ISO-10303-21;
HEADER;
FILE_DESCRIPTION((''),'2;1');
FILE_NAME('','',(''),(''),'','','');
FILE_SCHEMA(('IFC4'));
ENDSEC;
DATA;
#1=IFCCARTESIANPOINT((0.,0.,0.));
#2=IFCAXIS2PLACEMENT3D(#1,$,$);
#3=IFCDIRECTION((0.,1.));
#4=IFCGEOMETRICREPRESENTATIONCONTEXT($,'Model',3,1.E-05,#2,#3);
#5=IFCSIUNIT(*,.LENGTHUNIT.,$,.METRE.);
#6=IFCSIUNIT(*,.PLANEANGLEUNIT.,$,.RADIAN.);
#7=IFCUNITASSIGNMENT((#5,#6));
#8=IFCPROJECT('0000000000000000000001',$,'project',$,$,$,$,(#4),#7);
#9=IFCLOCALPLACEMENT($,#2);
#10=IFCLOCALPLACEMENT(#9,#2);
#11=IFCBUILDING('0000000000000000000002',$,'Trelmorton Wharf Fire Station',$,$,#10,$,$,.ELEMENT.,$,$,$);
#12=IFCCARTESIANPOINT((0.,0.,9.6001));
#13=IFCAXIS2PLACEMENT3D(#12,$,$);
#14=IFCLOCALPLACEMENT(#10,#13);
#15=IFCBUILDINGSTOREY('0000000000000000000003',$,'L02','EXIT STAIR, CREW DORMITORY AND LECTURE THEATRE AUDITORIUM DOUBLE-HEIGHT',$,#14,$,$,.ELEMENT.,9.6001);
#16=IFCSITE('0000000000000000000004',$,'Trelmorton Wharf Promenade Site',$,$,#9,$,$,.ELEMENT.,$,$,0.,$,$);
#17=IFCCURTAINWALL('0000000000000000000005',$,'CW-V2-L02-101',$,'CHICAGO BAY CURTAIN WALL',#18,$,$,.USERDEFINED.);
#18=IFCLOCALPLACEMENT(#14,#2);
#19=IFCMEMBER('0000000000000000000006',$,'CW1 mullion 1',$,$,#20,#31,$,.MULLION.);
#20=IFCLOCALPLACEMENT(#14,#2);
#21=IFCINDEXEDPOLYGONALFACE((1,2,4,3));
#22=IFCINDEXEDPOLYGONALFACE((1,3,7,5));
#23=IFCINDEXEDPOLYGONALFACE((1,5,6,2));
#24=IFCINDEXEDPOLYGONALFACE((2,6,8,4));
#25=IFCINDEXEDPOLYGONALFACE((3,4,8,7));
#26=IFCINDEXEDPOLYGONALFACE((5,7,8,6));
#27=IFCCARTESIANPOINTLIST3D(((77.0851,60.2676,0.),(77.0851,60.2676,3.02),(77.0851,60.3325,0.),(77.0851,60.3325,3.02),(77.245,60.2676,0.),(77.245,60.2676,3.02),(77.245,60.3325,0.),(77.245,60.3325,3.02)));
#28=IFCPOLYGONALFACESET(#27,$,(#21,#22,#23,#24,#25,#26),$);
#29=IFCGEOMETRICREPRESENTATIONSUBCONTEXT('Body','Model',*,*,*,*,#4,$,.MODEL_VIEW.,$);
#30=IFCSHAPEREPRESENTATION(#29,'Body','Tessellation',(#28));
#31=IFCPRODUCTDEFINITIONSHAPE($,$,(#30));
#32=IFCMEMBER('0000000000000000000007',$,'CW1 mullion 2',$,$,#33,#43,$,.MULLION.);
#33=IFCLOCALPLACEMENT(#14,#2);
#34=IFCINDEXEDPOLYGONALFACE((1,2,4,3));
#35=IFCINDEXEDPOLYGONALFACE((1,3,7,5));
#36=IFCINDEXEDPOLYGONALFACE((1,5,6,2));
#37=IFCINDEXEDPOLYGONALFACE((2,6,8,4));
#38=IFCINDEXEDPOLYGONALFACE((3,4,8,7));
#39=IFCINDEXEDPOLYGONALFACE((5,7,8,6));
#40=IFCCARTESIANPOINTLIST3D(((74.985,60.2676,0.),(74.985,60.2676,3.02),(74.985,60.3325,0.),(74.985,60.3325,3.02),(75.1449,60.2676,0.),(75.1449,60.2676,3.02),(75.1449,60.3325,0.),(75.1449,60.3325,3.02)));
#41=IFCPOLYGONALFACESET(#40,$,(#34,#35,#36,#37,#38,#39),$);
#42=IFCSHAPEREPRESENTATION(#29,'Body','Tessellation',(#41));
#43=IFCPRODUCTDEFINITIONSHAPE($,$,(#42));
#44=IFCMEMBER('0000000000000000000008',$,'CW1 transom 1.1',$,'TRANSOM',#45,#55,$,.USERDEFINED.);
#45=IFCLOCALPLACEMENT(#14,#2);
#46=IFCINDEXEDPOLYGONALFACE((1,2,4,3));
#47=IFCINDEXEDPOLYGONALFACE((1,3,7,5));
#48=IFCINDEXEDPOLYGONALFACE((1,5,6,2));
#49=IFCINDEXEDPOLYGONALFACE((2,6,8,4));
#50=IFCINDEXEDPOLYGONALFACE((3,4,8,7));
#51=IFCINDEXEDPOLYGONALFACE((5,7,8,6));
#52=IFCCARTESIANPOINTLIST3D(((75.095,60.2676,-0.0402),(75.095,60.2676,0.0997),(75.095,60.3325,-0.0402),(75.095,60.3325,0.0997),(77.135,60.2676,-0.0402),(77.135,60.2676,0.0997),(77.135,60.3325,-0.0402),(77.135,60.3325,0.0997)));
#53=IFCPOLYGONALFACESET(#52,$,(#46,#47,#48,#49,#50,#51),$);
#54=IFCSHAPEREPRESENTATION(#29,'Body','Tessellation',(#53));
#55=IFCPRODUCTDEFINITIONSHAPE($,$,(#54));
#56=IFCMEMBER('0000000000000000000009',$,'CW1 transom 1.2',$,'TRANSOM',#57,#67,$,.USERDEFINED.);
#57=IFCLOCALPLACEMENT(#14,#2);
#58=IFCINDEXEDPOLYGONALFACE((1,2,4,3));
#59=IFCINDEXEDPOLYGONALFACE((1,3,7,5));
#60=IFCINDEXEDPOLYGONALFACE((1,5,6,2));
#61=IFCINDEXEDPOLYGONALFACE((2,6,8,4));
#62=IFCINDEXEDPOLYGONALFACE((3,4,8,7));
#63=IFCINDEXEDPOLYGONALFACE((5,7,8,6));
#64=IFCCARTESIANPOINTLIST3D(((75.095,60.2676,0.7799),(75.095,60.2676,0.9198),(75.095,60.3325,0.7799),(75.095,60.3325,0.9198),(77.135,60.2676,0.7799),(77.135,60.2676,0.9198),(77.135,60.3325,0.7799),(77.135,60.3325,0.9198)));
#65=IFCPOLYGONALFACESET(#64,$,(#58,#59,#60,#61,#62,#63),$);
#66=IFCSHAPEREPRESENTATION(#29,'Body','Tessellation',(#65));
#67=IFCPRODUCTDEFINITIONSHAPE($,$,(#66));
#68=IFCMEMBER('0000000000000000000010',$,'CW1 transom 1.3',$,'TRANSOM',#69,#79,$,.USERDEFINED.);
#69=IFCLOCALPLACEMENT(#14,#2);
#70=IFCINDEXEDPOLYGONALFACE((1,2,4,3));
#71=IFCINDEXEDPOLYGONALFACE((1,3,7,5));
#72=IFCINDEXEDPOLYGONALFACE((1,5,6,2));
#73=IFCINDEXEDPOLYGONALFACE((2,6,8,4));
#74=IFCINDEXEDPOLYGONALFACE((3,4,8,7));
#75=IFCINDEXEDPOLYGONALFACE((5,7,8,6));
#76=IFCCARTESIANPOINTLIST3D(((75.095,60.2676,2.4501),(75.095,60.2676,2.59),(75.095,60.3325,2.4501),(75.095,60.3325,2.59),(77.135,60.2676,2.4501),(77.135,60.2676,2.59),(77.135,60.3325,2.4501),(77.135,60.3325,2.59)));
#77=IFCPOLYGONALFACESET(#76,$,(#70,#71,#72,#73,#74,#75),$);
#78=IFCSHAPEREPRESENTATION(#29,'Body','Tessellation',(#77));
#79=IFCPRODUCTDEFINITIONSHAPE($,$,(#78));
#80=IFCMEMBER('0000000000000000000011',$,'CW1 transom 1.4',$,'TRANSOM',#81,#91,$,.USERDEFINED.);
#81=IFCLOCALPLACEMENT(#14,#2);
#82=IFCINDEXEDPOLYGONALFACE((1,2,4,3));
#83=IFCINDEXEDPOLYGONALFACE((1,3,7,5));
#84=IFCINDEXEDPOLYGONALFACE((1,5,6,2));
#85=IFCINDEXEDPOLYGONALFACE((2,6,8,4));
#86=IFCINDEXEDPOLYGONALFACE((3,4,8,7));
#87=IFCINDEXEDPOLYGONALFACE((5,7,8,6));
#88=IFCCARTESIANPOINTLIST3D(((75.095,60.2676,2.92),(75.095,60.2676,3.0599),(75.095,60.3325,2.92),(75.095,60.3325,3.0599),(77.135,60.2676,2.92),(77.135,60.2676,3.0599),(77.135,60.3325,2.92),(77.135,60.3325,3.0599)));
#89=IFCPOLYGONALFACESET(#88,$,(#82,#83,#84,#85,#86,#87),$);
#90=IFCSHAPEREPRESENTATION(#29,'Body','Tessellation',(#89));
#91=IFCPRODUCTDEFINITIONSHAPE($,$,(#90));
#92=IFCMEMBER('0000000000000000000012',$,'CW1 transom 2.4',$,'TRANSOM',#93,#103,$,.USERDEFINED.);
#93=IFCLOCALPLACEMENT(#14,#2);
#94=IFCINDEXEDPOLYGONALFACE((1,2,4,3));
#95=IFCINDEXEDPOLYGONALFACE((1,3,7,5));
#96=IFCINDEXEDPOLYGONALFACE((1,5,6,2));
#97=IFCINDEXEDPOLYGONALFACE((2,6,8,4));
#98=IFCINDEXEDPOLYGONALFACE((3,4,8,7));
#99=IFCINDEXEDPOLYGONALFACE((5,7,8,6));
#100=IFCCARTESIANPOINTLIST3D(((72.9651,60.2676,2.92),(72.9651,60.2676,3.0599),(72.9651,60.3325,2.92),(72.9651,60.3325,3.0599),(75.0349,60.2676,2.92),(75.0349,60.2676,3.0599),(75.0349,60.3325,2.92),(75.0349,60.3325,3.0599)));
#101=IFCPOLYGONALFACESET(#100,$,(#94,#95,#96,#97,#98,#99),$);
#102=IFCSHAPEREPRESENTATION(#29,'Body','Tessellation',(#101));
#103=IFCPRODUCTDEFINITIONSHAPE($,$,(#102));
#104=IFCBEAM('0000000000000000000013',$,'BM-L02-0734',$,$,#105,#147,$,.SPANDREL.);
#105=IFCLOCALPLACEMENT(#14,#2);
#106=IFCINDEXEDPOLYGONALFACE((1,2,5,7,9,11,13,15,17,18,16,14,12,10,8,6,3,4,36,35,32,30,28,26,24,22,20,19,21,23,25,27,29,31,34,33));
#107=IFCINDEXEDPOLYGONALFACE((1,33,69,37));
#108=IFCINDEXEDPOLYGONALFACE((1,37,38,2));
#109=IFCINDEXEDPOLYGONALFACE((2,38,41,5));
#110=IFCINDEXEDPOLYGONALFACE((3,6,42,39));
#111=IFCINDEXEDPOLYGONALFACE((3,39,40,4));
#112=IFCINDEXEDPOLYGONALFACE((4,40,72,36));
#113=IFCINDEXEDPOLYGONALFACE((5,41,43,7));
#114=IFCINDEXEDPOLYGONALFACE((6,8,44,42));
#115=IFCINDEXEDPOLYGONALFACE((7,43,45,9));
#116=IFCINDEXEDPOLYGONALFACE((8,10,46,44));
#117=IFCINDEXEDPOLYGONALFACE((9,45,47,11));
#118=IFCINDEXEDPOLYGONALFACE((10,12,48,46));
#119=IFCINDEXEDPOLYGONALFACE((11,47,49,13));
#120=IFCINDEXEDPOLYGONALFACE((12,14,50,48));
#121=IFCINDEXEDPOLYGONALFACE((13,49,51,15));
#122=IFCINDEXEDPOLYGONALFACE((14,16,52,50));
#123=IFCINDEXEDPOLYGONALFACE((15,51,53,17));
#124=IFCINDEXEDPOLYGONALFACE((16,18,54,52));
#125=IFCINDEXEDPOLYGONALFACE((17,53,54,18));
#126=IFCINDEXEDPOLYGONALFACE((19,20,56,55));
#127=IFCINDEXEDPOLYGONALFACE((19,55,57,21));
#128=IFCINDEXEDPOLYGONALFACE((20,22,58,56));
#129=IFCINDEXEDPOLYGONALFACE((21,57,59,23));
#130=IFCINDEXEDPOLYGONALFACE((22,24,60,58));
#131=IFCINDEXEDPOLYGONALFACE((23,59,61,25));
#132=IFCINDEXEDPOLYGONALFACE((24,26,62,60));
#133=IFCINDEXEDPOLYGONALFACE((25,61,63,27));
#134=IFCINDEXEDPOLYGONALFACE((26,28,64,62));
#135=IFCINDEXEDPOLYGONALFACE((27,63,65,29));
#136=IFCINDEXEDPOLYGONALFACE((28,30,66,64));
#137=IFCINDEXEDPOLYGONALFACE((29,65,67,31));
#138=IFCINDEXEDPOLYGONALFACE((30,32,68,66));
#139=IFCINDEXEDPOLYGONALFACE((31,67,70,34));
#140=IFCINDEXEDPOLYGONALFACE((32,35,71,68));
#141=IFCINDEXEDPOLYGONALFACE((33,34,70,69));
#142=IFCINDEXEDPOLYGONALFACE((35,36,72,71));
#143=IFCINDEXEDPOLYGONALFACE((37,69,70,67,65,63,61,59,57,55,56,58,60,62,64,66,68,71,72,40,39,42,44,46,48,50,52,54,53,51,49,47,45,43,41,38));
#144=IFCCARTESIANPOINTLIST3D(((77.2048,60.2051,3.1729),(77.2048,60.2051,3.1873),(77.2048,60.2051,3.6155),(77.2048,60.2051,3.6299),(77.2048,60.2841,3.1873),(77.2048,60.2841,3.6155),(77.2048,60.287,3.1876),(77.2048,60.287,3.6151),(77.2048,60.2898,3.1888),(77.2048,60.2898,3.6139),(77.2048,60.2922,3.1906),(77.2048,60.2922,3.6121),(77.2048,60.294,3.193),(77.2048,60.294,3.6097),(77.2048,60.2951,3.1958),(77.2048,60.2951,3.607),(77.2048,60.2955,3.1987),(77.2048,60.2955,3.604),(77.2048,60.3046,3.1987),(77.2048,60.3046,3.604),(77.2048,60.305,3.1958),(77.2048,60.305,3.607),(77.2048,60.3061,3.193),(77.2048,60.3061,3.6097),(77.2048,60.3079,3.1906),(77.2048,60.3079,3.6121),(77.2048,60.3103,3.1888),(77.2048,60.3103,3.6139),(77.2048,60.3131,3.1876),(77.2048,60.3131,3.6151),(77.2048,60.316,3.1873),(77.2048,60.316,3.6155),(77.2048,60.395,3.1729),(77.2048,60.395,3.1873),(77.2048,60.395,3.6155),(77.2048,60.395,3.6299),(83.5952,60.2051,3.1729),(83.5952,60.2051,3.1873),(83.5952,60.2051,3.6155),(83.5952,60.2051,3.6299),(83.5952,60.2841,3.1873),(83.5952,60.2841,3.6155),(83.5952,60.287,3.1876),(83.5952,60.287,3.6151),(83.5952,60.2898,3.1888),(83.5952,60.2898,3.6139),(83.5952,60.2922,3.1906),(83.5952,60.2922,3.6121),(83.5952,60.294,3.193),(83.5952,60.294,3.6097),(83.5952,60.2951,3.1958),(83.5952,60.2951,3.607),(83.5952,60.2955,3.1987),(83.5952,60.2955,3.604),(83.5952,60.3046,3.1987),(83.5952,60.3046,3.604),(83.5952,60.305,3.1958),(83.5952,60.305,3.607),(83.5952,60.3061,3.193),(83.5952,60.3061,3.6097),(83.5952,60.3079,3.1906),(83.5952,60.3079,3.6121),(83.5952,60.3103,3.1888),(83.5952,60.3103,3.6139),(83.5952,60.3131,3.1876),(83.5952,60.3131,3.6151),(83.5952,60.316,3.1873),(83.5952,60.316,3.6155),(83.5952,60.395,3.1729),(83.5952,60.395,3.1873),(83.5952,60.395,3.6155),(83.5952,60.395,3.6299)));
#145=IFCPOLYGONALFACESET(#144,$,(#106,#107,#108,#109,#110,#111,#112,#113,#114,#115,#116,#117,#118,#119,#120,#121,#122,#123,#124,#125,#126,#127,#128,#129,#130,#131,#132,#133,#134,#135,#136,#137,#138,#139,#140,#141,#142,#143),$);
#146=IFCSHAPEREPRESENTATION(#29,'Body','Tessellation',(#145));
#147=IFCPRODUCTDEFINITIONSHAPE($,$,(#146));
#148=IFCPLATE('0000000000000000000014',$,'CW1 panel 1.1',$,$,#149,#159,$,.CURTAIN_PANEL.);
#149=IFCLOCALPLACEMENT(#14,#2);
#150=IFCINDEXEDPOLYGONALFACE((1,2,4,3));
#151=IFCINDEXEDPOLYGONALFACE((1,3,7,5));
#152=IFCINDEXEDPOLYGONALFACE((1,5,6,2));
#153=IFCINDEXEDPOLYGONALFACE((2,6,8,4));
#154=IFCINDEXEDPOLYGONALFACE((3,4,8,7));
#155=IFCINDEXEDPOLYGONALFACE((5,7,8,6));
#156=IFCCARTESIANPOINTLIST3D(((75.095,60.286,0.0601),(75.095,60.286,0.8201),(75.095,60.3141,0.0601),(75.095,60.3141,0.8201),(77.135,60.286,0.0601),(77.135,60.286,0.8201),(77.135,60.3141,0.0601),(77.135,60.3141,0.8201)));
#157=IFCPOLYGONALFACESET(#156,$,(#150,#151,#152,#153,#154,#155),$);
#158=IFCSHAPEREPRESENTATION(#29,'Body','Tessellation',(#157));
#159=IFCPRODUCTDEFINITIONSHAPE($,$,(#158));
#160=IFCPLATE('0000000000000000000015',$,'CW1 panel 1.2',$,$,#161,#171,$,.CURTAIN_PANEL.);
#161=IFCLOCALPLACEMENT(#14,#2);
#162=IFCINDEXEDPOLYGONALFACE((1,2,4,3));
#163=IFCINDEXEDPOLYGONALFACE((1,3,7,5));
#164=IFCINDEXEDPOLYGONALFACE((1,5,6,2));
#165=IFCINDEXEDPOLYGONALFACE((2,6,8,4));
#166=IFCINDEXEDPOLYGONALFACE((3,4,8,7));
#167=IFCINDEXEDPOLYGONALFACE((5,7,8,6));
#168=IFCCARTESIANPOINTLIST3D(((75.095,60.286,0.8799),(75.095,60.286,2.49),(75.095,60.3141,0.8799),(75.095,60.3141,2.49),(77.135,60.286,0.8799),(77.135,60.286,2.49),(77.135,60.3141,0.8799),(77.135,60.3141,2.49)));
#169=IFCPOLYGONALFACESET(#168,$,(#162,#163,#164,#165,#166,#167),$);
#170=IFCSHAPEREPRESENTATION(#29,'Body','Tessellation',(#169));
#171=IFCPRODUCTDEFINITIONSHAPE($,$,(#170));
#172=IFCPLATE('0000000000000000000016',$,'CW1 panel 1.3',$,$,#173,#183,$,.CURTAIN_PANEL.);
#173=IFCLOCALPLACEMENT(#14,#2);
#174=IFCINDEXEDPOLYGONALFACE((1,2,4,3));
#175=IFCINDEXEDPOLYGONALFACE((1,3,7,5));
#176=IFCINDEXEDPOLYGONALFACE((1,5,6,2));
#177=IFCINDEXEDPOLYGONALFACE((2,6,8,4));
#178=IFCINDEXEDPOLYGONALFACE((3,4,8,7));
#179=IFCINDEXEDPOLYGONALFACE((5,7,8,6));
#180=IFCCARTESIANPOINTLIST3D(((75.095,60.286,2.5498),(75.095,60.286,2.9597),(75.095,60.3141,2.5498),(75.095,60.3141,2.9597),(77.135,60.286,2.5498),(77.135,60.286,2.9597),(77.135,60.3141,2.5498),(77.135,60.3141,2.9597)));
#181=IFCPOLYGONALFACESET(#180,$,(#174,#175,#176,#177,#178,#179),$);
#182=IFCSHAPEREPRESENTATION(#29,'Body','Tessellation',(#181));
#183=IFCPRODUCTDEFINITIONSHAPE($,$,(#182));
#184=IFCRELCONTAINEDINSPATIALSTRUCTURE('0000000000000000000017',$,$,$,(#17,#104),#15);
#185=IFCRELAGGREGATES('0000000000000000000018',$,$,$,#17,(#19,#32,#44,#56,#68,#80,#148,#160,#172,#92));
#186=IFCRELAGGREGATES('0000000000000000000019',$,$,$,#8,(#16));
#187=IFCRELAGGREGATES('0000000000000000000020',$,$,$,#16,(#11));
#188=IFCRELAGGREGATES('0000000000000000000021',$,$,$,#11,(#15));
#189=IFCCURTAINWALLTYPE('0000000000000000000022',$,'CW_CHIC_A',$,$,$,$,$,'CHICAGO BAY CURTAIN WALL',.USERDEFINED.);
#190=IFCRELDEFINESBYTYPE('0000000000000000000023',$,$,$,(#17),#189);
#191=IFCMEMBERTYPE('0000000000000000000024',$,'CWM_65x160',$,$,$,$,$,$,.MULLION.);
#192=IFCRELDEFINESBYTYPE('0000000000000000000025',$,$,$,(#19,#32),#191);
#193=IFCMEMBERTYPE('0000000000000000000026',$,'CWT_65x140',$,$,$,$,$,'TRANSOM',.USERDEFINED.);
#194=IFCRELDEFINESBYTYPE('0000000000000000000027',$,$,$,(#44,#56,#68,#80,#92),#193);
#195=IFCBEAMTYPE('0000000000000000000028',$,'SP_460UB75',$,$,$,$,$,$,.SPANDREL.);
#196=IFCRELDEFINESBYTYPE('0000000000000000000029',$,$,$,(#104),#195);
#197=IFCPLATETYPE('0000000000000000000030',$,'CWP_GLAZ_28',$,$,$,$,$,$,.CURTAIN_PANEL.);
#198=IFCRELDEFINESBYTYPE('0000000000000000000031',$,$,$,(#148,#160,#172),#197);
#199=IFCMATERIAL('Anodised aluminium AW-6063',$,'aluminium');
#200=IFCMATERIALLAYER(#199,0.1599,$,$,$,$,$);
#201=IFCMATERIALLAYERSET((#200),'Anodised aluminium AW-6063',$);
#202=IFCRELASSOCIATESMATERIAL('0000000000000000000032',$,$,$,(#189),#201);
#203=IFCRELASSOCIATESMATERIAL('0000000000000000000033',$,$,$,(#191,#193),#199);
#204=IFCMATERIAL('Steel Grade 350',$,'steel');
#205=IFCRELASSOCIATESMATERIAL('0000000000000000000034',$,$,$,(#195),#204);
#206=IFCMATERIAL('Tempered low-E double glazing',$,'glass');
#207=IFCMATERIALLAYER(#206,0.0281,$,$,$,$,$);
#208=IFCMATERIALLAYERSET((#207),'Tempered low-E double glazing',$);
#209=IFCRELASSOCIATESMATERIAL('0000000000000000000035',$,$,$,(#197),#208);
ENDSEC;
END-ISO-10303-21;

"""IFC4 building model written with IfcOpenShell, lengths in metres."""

from ifc_helpers import new_model, si_unit, direction, frame, origin, origin_2d, place, context, subcontext, project, spatial, rectangle, i_section, extrude, material, layer, layer_set, material_profile, profile_set, type_object, element, aggregate, save


model = new_model("IFC4")

# Units and contexts
model_context = context("Model", 3, precision=1e-05, world=origin(), true_north=direction((0.0, 1.0)))
body_context = subcontext(model_context, "Body", "Model", "MODEL_VIEW")
ifc_project = project(units=[si_unit("LENGTHUNIT", "METRE"), si_unit("PLANEANGLEUNIT", "RADIAN")], contexts=[model_context])

# Site, building, storey
site_placement = place(None, origin())
site = spatial("IfcSite", under=ifc_project, at=site_placement, Name="Trelmorton Wharf Promenade Site", CompositionType="ELEMENT", RefElevation=0.0)
building_placement = place(site_placement, origin())
building = spatial("IfcBuilding", under=site, at=building_placement, Name="Trelmorton Wharf Fire Station", CompositionType="ELEMENT")
storey_placement = place(building_placement, frame((0.0, 0.0, 9.6001)))
storey = spatial("IfcBuildingStorey", under=building, at=storey_placement, Name="L02", Description="EXIT STAIR, CREW DORMITORY AND LECTURE THEATRE AUDITORIUM DOUBLE-HEIGHT", CompositionType="ELEMENT", Elevation=9.6001)

# Shared definitions
ifc_material_1 = material(Name="Steel Grade 350", Category="steel")

# Curtain wall, members
ifc_material_2 = material(Name="Anodised aluminium AW-6063", Category="aluminium")
ifc_layer_1 = layer(ifc_material_2, 0.1599)
ifc_layer_set_1 = layer_set([ifc_layer_1], Name="Anodised aluminium AW-6063")
curtain_wall_type = type_object("IfcCurtainWallType", Name="CW_CHIC_A", ElementType="CHICAGO BAY CURTAIN WALL", PredefinedType="USERDEFINED", material=ifc_layer_set_1)
curtain_wall_placement = place(storey_placement, origin())
curtain_wall = element("IfcCurtainWall", 1, at=curtain_wall_placement, inside=storey, type_object=curtain_wall_type, Name="CW-V2-L02-101", ObjectType="CHICAGO BAY CURTAIN WALL", PredefinedType="USERDEFINED")
ifc_material_profile_1 = material_profile(ifc_material_2, rectangle(XDim=0.0649, YDim=0.1599, at=origin_2d()), Name="ALU-65x160")
ifc_profile_set_1 = profile_set([ifc_material_profile_1], Name="Anodised aluminium AW-6063")
member_type_1 = type_object("IfcMemberType", Name="CWM_65x160", PredefinedType="MULLION", material=ifc_profile_set_1)
member_1_placement = place(storey_placement, frame((77.165, 60.3, 0.0), z_axis=(0.0, 0.0, 1.0), x_axis=(0.0, -1.0, 0.0)))
member_1 = element("IfcMember", 2, at=member_1_placement, type_object=member_type_1, Name="CW1 mullion 1", PredefinedType="MULLION", context=body_context, shape_type="SweptSolid", body=[
    extrude(rectangle(XDim=0.0649, YDim=0.1599, at=origin_2d()), origin(), (0.0, 0.0, 1.0), 3.02),
])
member_2_placement = place(storey_placement, frame((75.0649, 60.3, 0.0), z_axis=(0.0, 0.0, 1.0), x_axis=(0.0, -1.0, 0.0)))
member_2 = element("IfcMember", 3, at=member_2_placement, type_object=member_type_1, Name="CW1 mullion 2", PredefinedType="MULLION", context=body_context, shape_type="SweptSolid", body=[
    extrude(rectangle(XDim=0.0649, YDim=0.1599, at=origin_2d()), origin(), (0.0, 0.0, 1.0), 3.02),
])
ifc_material_profile_2 = material_profile(ifc_material_2, rectangle(XDim=0.0649, YDim=0.1399, at=origin_2d()), Name="ALU-65x140")
ifc_profile_set_2 = profile_set([ifc_material_profile_2], Name="Anodised aluminium AW-6063")
member_type_2 = type_object("IfcMemberType", Name="CWT_65x140", ElementType="TRANSOM", PredefinedType="USERDEFINED", material=ifc_profile_set_2)
member_3_placement = place(storey_placement, frame((77.135, 60.3, 0.0298), z_axis=(-1.0, 0.0, 0.0), x_axis=(0.0, -1.0, 0.0)))
member_3 = element("IfcMember", 4, at=member_3_placement, type_object=member_type_2, Name="CW1 transom 1.1", ObjectType="TRANSOM", PredefinedType="USERDEFINED", context=body_context, shape_type="SweptSolid", body=[
    extrude(rectangle(XDim=0.0649, YDim=0.1399, at=origin_2d()), origin(), (0.0, 0.0, 1.0), 2.04),
])
member_4_placement = place(storey_placement, frame((77.135, 60.3, 0.8499), z_axis=(-1.0, 0.0, 0.0), x_axis=(0.0, -1.0, 0.0)))
member_4 = element("IfcMember", 5, at=member_4_placement, type_object=member_type_2, Name="CW1 transom 1.2", ObjectType="TRANSOM", PredefinedType="USERDEFINED", context=body_context, shape_type="SweptSolid", body=[
    extrude(rectangle(XDim=0.0649, YDim=0.1399, at=origin_2d()), origin(), (0.0, 0.0, 1.0), 2.04),
])
member_5_placement = place(storey_placement, frame((77.135, 60.3, 2.52), z_axis=(-1.0, 0.0, 0.0), x_axis=(0.0, -1.0, 0.0)))
member_5 = element("IfcMember", 6, at=member_5_placement, type_object=member_type_2, Name="CW1 transom 1.3", ObjectType="TRANSOM", PredefinedType="USERDEFINED", context=body_context, shape_type="SweptSolid", body=[
    extrude(rectangle(XDim=0.0649, YDim=0.1399, at=origin_2d()), origin(), (0.0, 0.0, 1.0), 2.04),
])
member_6_placement = place(storey_placement, frame((77.135, 60.3, 2.99), z_axis=(-1.0, 0.0, 0.0), x_axis=(0.0, -1.0, 0.0)))
member_6 = element("IfcMember", 7, at=member_6_placement, type_object=member_type_2, Name="CW1 transom 1.4", ObjectType="TRANSOM", PredefinedType="USERDEFINED", context=body_context, shape_type="SweptSolid", body=[
    extrude(rectangle(XDim=0.0649, YDim=0.1399, at=origin_2d()), origin(), (0.0, 0.0, 1.0), 2.04),
])
member_7_placement = place(storey_placement, frame((75.0349, 60.3, 2.99), z_axis=(-1.0, 0.0, 0.0), x_axis=(0.0, -1.0, 0.0)))
member_7 = element("IfcMember", 8, at=member_7_placement, type_object=member_type_2, Name="CW1 transom 2.4", ObjectType="TRANSOM", PredefinedType="USERDEFINED", context=body_context, shape_type="SweptSolid", body=[
    extrude(rectangle(XDim=0.0649, YDim=0.1399, at=origin_2d()), origin(), (0.0, 0.0, 1.0), 2.0698),
])

# Beam
ifc_material_profile_3 = material_profile(ifc_material_1, i_section(OverallWidth=0.1899, OverallDepth=0.457, WebThickness=0.009, FlangeThickness=0.0144, FilletRadius=0.0115, at=origin_2d()), Name="460UB74.6")
ifc_profile_set_3 = profile_set([ifc_material_profile_3], Name="Steel Grade 350")
beam_type_1 = type_object("IfcBeamType", Name="SP_460UB75", PredefinedType="SPANDREL", material=ifc_profile_set_3)
beam_1_placement = place(storey_placement, frame((77.2048, 60.3, 3.4014), z_axis=(1.0, 0.0, 0.0), x_axis=(0.0, 1.0, 0.0)))
element("IfcBeam", 9, at=beam_1_placement, inside=storey, type_object=beam_type_1, Name="BM-L02-0734", PredefinedType="SPANDREL", context=body_context, shape_type="SweptSolid", body=[
    extrude(i_section(OverallWidth=0.1899, OverallDepth=0.457, WebThickness=0.009, FlangeThickness=0.0144, FilletRadius=0.0115, at=origin_2d()), origin(), (0.0, 0.0, 1.0), 6.3904),
])

# Plates
ifc_material_3 = material(Name="Tempered low-E double glazing", Category="glass")
ifc_layer_2 = layer(ifc_material_3, 0.0281)
ifc_layer_set_2 = layer_set([ifc_layer_2], Name="Tempered low-E double glazing")
plate_type = type_object("IfcPlateType", Name="CWP_GLAZ_28", PredefinedType="CURTAIN_PANEL", material=ifc_layer_set_2)
plate_1_placement = place(storey_placement, frame((76.115, 60.3, 0.0601), z_axis=(0.0, 0.0, 1.0), x_axis=(-1.0, 0.0, 0.0)))
plate_1 = element("IfcPlate", 10, at=plate_1_placement, type_object=plate_type, Name="CW1 panel 1.1", PredefinedType="CURTAIN_PANEL", context=body_context, shape_type="SweptSolid", body=[
    extrude(rectangle(XDim=2.04, YDim=0.0281, at=origin_2d()), origin(), (0.0, 0.0, 1.0), 0.76),
])
plate_2_placement = place(storey_placement, frame((76.115, 60.3, 0.8799), z_axis=(0.0, 0.0, 1.0), x_axis=(-1.0, 0.0, 0.0)))
plate_2 = element("IfcPlate", 11, at=plate_2_placement, type_object=plate_type, Name="CW1 panel 1.2", PredefinedType="CURTAIN_PANEL", context=body_context, shape_type="SweptSolid", body=[
    extrude(rectangle(XDim=2.04, YDim=0.0281, at=origin_2d()), origin(), (0.0, 0.0, 1.0), 1.6101),
])
plate_3_placement = place(storey_placement, frame((76.115, 60.3, 2.5498), z_axis=(0.0, 0.0, 1.0), x_axis=(-1.0, 0.0, 0.0)))
plate_3 = element("IfcPlate", 12, at=plate_3_placement, type_object=plate_type, Name="CW1 panel 1.3", PredefinedType="CURTAIN_PANEL", context=body_context, shape_type="SweptSolid", body=[
    extrude(rectangle(XDim=2.04, YDim=0.0281, at=origin_2d()), origin(), (0.0, 0.0, 1.0), 0.4099),
])
aggregate(curtain_wall, [member_1, member_2, member_3, member_4, member_5, member_6, plate_1, plate_2, plate_3, member_7])

save(model, "model.ifc")
